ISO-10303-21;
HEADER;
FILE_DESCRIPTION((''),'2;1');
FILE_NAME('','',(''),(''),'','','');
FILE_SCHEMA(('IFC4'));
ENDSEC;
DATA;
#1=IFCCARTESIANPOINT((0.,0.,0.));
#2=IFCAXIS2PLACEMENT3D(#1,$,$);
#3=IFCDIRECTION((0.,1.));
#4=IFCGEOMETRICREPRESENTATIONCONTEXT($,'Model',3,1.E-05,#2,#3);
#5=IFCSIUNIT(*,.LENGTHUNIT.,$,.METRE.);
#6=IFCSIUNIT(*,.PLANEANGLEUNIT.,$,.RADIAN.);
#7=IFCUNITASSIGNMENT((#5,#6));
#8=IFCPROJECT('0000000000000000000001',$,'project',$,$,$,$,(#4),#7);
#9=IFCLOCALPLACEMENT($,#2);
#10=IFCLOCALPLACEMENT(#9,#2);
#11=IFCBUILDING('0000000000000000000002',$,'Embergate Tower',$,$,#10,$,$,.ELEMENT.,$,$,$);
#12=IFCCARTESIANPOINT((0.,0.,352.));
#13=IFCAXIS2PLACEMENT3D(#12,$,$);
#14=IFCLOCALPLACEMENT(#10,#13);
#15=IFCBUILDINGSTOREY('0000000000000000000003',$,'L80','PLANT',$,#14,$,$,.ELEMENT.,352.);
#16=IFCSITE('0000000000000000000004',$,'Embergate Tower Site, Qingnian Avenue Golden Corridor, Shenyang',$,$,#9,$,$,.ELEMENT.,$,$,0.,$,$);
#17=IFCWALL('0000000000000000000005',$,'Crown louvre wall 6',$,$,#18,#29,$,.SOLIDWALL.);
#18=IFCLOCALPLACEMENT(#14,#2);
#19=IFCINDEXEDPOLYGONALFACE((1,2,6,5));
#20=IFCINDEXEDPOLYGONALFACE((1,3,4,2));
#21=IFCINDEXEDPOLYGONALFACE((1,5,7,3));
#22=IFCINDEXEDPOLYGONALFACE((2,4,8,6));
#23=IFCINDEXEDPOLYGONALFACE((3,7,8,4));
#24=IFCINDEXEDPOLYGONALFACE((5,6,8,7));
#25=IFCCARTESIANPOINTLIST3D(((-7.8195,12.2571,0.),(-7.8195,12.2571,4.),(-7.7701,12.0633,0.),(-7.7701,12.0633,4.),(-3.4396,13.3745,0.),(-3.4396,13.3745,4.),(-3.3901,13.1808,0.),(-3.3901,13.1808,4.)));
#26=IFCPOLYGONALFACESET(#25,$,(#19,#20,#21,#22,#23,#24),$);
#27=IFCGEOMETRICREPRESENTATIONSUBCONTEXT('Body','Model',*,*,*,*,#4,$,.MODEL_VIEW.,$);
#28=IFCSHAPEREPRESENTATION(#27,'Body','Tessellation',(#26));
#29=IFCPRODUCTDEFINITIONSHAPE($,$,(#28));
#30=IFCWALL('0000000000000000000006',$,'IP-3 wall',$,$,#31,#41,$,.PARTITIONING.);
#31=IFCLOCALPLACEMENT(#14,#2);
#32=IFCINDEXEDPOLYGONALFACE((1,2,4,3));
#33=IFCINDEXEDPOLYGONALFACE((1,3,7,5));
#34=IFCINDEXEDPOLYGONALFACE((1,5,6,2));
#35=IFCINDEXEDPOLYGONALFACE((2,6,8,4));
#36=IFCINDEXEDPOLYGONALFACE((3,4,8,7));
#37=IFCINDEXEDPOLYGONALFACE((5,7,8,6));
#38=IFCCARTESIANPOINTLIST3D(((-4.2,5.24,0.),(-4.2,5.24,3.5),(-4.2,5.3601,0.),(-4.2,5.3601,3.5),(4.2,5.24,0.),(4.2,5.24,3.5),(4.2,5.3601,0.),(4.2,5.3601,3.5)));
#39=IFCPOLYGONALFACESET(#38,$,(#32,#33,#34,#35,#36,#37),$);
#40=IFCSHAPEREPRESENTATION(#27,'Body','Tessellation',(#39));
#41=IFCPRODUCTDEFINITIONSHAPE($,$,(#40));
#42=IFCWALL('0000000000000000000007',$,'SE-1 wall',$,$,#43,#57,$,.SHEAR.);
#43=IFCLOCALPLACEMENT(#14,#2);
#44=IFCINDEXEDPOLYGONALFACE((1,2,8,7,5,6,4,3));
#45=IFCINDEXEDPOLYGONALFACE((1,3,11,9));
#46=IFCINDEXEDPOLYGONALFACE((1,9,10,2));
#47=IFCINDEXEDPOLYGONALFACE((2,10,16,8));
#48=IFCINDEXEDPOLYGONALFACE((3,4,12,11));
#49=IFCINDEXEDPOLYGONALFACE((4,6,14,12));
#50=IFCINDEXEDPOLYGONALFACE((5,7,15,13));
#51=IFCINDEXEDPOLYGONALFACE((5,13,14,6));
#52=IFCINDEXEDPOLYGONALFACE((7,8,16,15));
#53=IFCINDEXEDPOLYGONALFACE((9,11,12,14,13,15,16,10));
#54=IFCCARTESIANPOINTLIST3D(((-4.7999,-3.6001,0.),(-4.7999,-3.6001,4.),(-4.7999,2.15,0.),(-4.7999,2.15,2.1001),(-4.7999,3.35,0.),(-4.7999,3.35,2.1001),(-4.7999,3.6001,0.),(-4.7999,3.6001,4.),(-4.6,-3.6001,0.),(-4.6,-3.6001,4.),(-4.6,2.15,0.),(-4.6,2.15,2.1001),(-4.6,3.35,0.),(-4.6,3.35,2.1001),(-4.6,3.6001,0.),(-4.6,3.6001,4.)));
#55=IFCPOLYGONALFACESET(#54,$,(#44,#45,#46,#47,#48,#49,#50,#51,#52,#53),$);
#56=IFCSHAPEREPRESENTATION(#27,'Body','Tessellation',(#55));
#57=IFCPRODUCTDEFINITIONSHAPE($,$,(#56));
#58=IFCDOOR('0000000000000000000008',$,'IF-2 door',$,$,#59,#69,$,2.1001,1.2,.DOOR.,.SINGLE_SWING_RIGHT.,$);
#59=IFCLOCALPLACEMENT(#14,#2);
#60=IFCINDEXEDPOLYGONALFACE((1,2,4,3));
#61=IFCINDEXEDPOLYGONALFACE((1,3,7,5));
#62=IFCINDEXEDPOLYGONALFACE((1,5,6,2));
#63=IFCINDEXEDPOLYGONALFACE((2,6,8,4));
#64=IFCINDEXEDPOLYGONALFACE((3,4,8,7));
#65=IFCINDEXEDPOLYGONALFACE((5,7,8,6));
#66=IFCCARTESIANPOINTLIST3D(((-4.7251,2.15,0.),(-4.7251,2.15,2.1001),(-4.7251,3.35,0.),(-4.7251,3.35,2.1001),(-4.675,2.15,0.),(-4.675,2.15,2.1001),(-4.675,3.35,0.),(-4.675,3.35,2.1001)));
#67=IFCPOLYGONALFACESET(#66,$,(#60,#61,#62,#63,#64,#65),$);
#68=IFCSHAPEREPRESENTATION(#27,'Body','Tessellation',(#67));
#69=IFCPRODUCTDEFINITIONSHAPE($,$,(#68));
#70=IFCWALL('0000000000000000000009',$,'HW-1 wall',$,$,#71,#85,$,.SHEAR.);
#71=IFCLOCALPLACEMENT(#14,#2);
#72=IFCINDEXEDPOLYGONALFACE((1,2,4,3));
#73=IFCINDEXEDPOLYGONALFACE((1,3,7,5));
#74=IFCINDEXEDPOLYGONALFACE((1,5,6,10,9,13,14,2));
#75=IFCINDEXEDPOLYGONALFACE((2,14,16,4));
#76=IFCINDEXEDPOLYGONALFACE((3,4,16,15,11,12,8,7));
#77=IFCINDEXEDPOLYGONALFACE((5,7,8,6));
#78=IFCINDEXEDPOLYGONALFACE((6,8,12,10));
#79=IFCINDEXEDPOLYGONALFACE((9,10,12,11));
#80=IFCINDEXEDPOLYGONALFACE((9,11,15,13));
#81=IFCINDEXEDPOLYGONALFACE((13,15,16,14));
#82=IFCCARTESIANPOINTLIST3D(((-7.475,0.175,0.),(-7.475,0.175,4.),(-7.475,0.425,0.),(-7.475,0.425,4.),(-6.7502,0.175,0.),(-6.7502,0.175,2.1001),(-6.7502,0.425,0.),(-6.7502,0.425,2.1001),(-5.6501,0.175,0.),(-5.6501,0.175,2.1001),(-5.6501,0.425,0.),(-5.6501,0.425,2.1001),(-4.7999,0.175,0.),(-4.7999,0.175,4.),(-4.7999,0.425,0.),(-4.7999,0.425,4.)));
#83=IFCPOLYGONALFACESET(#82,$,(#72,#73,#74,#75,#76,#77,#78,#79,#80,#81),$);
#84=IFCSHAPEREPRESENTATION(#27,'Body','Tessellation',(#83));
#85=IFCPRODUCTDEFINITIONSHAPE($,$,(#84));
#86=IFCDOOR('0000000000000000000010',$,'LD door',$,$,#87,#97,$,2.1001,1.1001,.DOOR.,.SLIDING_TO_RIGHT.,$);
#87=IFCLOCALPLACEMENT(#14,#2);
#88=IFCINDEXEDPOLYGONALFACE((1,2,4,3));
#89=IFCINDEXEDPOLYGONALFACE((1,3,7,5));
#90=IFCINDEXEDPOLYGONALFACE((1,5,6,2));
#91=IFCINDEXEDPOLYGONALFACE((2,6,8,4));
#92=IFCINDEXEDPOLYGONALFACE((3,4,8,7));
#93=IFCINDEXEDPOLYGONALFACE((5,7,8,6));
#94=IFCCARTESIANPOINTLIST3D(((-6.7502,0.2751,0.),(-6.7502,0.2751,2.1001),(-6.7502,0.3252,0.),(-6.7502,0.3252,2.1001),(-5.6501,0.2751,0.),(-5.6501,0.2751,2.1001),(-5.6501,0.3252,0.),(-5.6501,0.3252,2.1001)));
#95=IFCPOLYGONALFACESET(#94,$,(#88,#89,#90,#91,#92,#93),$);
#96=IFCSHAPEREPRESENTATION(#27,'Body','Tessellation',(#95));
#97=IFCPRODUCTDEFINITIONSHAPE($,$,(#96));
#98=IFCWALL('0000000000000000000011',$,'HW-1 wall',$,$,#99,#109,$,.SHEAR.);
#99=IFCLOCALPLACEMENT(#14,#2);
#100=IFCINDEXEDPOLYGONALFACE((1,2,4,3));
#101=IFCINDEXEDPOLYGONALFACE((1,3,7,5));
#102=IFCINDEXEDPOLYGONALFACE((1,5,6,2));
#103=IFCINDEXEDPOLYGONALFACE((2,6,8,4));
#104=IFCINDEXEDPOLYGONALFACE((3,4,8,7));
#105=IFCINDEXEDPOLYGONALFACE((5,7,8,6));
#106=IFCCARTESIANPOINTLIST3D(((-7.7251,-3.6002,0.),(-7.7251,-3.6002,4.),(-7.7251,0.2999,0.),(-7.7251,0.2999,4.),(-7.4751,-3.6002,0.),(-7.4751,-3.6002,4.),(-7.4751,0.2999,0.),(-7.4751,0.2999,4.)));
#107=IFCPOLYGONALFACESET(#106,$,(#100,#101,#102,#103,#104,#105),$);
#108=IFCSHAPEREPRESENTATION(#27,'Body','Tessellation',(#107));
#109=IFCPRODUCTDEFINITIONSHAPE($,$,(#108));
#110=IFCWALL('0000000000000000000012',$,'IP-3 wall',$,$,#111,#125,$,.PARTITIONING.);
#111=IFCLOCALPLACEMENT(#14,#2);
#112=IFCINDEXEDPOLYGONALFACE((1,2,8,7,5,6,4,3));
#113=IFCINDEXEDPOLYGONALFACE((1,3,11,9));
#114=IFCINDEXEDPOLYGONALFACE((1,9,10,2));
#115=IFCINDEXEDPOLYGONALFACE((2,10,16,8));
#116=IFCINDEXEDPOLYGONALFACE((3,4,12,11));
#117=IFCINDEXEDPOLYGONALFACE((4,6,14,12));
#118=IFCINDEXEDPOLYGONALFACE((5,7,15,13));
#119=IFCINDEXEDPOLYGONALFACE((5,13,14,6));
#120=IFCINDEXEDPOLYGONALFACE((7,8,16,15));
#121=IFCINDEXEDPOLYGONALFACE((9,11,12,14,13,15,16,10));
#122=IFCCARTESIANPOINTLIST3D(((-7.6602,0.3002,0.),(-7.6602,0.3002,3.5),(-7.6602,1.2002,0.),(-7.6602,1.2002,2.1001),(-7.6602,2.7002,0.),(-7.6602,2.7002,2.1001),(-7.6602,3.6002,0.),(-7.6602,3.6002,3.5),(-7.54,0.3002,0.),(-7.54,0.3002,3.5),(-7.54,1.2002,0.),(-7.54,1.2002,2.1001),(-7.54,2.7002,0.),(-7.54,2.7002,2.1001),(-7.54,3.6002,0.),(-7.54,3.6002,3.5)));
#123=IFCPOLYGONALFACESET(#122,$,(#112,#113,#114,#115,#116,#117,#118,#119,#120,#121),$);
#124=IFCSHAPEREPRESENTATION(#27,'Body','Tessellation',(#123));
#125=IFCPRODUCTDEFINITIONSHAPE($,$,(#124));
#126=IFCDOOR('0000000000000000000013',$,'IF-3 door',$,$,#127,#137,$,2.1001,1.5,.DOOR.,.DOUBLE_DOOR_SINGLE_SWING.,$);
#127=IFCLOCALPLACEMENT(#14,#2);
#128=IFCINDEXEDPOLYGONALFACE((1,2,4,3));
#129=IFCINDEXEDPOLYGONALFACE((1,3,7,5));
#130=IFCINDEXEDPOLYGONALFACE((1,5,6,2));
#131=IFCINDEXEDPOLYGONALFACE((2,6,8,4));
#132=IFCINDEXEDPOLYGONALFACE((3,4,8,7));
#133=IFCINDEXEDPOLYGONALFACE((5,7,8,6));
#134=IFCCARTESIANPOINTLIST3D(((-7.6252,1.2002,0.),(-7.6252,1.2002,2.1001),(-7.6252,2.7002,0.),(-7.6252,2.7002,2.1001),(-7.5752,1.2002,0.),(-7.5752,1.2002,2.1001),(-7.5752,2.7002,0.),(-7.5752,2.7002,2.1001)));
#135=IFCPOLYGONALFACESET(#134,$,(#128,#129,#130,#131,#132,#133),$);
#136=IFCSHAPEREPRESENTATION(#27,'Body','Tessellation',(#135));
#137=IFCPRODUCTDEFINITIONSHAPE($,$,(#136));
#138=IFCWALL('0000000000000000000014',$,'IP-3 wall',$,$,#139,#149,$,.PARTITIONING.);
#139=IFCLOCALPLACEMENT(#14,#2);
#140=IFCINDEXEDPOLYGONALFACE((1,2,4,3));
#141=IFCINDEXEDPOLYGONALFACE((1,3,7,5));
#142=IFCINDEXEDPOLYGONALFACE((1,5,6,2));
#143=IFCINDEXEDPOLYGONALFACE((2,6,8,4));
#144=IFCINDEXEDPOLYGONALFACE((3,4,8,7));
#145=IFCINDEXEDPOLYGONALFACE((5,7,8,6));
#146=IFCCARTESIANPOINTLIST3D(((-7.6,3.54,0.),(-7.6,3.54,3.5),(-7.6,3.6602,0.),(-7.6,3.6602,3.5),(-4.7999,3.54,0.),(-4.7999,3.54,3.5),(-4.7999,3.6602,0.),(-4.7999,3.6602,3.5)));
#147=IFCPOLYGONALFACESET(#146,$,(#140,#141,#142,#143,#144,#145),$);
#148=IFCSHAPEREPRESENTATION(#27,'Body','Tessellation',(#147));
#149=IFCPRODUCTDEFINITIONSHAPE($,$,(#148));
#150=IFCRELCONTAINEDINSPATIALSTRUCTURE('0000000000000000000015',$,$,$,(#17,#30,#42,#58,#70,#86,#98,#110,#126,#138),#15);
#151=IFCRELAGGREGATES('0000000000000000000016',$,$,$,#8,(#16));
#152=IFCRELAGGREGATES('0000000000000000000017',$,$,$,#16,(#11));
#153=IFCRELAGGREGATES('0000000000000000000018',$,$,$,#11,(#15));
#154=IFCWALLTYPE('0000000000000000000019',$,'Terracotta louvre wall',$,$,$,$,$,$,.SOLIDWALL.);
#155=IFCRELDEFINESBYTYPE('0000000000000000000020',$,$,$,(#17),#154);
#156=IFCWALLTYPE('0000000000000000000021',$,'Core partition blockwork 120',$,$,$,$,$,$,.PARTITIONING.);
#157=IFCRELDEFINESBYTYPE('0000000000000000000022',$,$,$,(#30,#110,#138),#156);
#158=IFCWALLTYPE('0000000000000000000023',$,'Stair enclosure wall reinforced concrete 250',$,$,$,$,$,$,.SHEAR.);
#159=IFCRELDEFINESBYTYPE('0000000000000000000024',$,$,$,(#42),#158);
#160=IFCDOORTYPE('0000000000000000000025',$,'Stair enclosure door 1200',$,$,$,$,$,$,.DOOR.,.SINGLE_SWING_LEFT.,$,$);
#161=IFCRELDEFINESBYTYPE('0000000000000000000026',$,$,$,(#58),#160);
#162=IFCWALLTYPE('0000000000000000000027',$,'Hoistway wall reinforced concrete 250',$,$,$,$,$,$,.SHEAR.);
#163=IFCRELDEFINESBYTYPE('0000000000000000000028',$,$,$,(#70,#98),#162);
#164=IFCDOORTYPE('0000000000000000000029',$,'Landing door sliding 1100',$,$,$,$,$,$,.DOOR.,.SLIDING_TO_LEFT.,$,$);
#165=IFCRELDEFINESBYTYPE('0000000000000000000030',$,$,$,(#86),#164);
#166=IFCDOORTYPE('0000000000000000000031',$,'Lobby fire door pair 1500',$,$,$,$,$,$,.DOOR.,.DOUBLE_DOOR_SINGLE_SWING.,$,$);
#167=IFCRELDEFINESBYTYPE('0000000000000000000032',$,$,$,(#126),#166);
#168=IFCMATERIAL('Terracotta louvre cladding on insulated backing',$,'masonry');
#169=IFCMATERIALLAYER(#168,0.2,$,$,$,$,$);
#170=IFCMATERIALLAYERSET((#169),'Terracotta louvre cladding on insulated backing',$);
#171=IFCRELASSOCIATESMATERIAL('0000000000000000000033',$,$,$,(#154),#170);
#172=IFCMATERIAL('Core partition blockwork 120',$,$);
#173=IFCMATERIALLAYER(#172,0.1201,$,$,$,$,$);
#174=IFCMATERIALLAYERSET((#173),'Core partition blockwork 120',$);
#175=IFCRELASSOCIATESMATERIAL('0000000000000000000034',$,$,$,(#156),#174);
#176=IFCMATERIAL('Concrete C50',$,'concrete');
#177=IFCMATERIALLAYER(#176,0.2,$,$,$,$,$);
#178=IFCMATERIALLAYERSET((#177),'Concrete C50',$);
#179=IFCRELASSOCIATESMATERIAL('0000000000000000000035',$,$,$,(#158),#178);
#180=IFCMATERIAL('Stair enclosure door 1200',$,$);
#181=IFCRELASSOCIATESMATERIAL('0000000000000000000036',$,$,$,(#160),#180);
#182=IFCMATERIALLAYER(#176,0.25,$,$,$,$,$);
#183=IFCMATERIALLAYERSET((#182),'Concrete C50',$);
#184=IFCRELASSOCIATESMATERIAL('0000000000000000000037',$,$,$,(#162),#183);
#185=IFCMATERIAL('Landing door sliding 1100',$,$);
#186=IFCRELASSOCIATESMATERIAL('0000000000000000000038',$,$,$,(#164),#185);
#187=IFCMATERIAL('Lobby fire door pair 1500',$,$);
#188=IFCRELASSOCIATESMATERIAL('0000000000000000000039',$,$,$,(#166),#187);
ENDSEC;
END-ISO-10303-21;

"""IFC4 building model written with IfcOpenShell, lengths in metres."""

from ifc_helpers import new_model, si_unit, direction, frame, frame_2d, origin, place, context, subcontext, project, spatial, rectangle, extrude, source, transform, mapped, material, layer, layer_set, type_object, element, fill, save


model = new_model("IFC4")

# Units and contexts
model_context = context("Model", 3, precision=1e-05, world=origin(), true_north=direction((0.0, 1.0)))
body_context = subcontext(model_context, "Body", "Model", "MODEL_VIEW")
ifc_project = project(units=[si_unit("LENGTHUNIT", "METRE"), si_unit("PLANEANGLEUNIT", "RADIAN")], contexts=[model_context])

# Site, building, storey
site_placement = place(None, origin())
site = spatial("IfcSite", under=ifc_project, at=site_placement, Name="Embergate Tower Site, Qingnian Avenue Golden Corridor, Shenyang", CompositionType="ELEMENT", RefElevation=0.0)
building_placement = place(site_placement, origin())
building = spatial("IfcBuilding", under=site, at=building_placement, Name="Embergate Tower", CompositionType="ELEMENT")
storey_placement = place(building_placement, frame((0.0, 0.0, 352.0)))
storey = spatial("IfcBuildingStorey", under=building, at=storey_placement, Name="L80", Description="PLANT", CompositionType="ELEMENT", Elevation=352.0)

# Walls
ifc_material_1 = material(Name="Terracotta louvre cladding on insulated backing", Category="masonry")
ifc_layer_1 = layer(ifc_material_1, 0.2)
ifc_layer_set_1 = layer_set([ifc_layer_1], Name="Terracotta louvre cladding on insulated backing")
wall_type_1 = type_object("IfcWallType", Name="Terracotta louvre wall", PredefinedType="SOLIDWALL", material=ifc_layer_set_1)
shared_shape_1 = source(origin(), body_context, "Body", "SweptSolid", [
    extrude(rectangle(XDim=4.5203, YDim=0.2, at=frame_2d((2.2603, 0.0))), origin(), (0.0, 0.0, 1.0), 4.0),
])
wall_1_placement = place(storey_placement, frame((-7.7949, 12.1602, 0.0), z_axis=(0.0, 0.0, 1.0), x_axis=(0.968962, 0.24721, 0.0)))
element("IfcWall", 1, at=wall_1_placement, inside=storey, type_object=wall_type_1, Name="Crown louvre wall 6", PredefinedType="SOLIDWALL", context=body_context, shape_type="MappedRepresentation", body=[
    mapped(shared_shape_1, transform((0.0, 0.0, 0.0))),
])
ifc_material_2 = material(Name="Core partition blockwork 120")
ifc_layer_2 = layer(ifc_material_2, 0.1201)
ifc_layer_set_2 = layer_set([ifc_layer_2], Name="Core partition blockwork 120")
wall_type_2 = type_object("IfcWallType", Name="Core partition blockwork 120", PredefinedType="PARTITIONING", material=ifc_layer_set_2)
shared_shape_2 = source(origin(), body_context, "Body", "SweptSolid", [
    extrude(rectangle(XDim=8.3999, YDim=0.1201, at=frame_2d((4.2, 0.0))), origin(), (0.0, 0.0, 1.0), 3.5),
])
wall_2_placement = place(storey_placement, frame((-4.2, 5.3, 0.0), z_axis=(0.0, 0.0, 1.0), x_axis=(1.0, 0.0, 0.0)))
element("IfcWall", 2, at=wall_2_placement, inside=storey, type_object=wall_type_2, Name="IP-3 wall", PredefinedType="PARTITIONING", context=body_context, shape_type="MappedRepresentation", body=[
    mapped(shared_shape_2, transform((0.0, 0.0, 0.0))),
])

# Walls, openings, doors
ifc_material_3 = material(Name="Concrete C50", Category="concrete")
ifc_layer_3 = layer(ifc_material_3, 0.2)
ifc_layer_set_3 = layer_set([ifc_layer_3], Name="Concrete C50")
wall_type_3 = type_object("IfcWallType", Name="Stair enclosure wall reinforced concrete 250", PredefinedType="SHEAR", material=ifc_layer_set_3)
shared_shape_3 = source(origin(), body_context, "Body", "SweptSolid", [
    extrude(rectangle(XDim=7.2002, YDim=0.2, at=frame_2d((3.6001, 0.0))), origin(), (0.0, 0.0, 1.0), 4.0),
])
wall_3_placement = place(storey_placement, frame((-4.7, 3.6001, 0.0), z_axis=(0.0, 0.0, 1.0), x_axis=(0.0, -1.0, 0.0)))
wall_3 = element("IfcWall", 3, at=wall_3_placement, inside=storey, type_object=wall_type_3, Name="SE-1 wall", PredefinedType="SHEAR", context=body_context, shape_type="MappedRepresentation", body=[
    mapped(shared_shape_3, transform((0.0, 0.0, 0.0))),
])
shared_shape_4 = source(origin(), body_context, "Body", "SweptSolid", [
    extrude(rectangle(XDim=1.2, YDim=2.1001, at=frame_2d((0.6001, 1.05))), frame((0.0, 0.1099, 0.0), z_axis=(0.0, -1.0, 0.0), x_axis=(1.0, 0.0, 0.0)), (0.0, 0.0, 1.0), 0.22),
])
opening_1_placement = place(wall_3_placement, frame((0.25, 0.0, 0.0)))
opening_1 = element("IfcOpeningElement", 4, at=opening_1_placement, cuts=wall_3, PredefinedType="OPENING", context=body_context, shape_type="MappedRepresentation", body=[
    mapped(shared_shape_4, transform((0.0, 0.0, 0.0))),
])
ifc_material_4 = material(Name="Stair enclosure door 1200")
door_type_1 = type_object("IfcDoorType", Name="Stair enclosure door 1200", OperationType="SINGLE_SWING_LEFT", PredefinedType="DOOR", material=ifc_material_4)
shared_shape_5 = source(origin(), body_context, "Body", "SweptSolid", [
    extrude(rectangle(XDim=1.2, YDim=2.1001, at=frame_2d((0.6001, 1.05))), frame((0.0, 0.0249, 0.0), z_axis=(0.0, -1.0, 0.0), x_axis=(1.0, 0.0, 0.0)), (0.0, 0.0, 1.0), 0.05),
])
door_1_placement = place(opening_1_placement, origin())
door_1 = element("IfcDoor", 5, at=door_1_placement, inside=storey, type_object=door_type_1, Name="IF-2 door", OperationType="SINGLE_SWING_RIGHT", OverallHeight=2.1001, OverallWidth=1.2, PredefinedType="DOOR", context=body_context, shape_type="MappedRepresentation", body=[
    mapped(shared_shape_5, transform((0.0, 0.0, 0.0))),
])
fill(opening_1, door_1)
ifc_layer_4 = layer(ifc_material_3, 0.25)
ifc_layer_set_4 = layer_set([ifc_layer_4], Name="Concrete C50")
wall_type_4 = type_object("IfcWallType", Name="Hoistway wall reinforced concrete 250", PredefinedType="SHEAR", material=ifc_layer_set_4)
shared_shape_6 = source(origin(), body_context, "Body", "SweptSolid", [
    extrude(rectangle(XDim=2.675, YDim=0.25, at=frame_2d((1.3374, 0.0))), origin(), (0.0, 0.0, 1.0), 4.0),
])
wall_4_placement = place(storey_placement, frame((-4.8, 0.3, 0.0), z_axis=(0.0, 0.0, 1.0), x_axis=(-1.0, 0.0, 0.0)))
wall_4 = element("IfcWall", 6, at=wall_4_placement, inside=storey, type_object=wall_type_4, Name="HW-1 wall", PredefinedType="SHEAR", context=body_context, shape_type="MappedRepresentation", body=[
    mapped(shared_shape_6, transform((0.0, 0.0, 0.0))),
])
shared_shape_7 = source(origin(), body_context, "Body", "SweptSolid", [
    extrude(rectangle(XDim=1.1001, YDim=2.1001, at=frame_2d((0.55, 1.05))), frame((0.0, 0.135, 0.0), z_axis=(0.0, -1.0, 0.0), x_axis=(1.0, 0.0, 0.0)), (0.0, 0.0, 1.0), 0.27),
])
opening_2_placement = place(wall_4_placement, frame((0.8501, 0.0, 0.0)))
opening_2 = element("IfcOpeningElement", 7, at=opening_2_placement, cuts=wall_4, PredefinedType="OPENING", context=body_context, shape_type="MappedRepresentation", body=[
    mapped(shared_shape_7, transform((0.0, 0.0, 0.0))),
])
ifc_material_5 = material(Name="Landing door sliding 1100")
door_type_2 = type_object("IfcDoorType", Name="Landing door sliding 1100", OperationType="SLIDING_TO_LEFT", PredefinedType="DOOR", material=ifc_material_5)
shared_shape_8 = source(origin(), body_context, "Body", "SweptSolid", [
    extrude(rectangle(XDim=1.1001, YDim=2.1001, at=frame_2d((0.55, 1.05))), frame((0.0, 0.0249, 0.0), z_axis=(0.0, -1.0, 0.0), x_axis=(1.0, 0.0, 0.0)), (0.0, 0.0, 1.0), 0.05),
])
door_2_placement = place(opening_2_placement, origin())
door_2 = element("IfcDoor", 8, at=door_2_placement, inside=storey, type_object=door_type_2, Name="LD door", OperationType="SLIDING_TO_RIGHT", OverallHeight=2.1001, OverallWidth=1.1001, PredefinedType="DOOR", context=body_context, shape_type="MappedRepresentation", body=[
    mapped(shared_shape_8, transform((0.0, 0.0, 0.0))),
])
fill(opening_2, door_2)

# Wall
shared_shape_9 = source(origin(), body_context, "Body", "SweptSolid", [
    extrude(rectangle(XDim=3.9001, YDim=0.25, at=frame_2d((1.9502, 0.0))), origin(), (0.0, 0.0, 1.0), 4.0),
])
wall_5_placement = place(storey_placement, frame((-7.6001, 0.3, 0.0), z_axis=(0.0, 0.0, 1.0), x_axis=(0.0, -1.0, 0.0)))
element("IfcWall", 9, at=wall_5_placement, inside=storey, type_object=wall_type_4, Name="HW-1 wall", PredefinedType="SHEAR", context=body_context, shape_type="MappedRepresentation", body=[
    mapped(shared_shape_9, transform((0.0, 0.0, 0.0))),
])

# Wall, opening, door
shared_shape_10 = source(origin(), body_context, "Body", "SweptSolid", [
    extrude(rectangle(XDim=3.3, YDim=0.1201, at=frame_2d((1.6499, 0.0))), origin(), (0.0, 0.0, 1.0), 3.5),
])
wall_6_placement = place(storey_placement, frame((-7.6001, 3.6001, 0.0), z_axis=(0.0, 0.0, 1.0), x_axis=(0.0, -1.0, 0.0)))
wall_6 = element("IfcWall", 10, at=wall_6_placement, inside=storey, type_object=wall_type_2, Name="IP-3 wall", PredefinedType="PARTITIONING", context=body_context, shape_type="MappedRepresentation", body=[
    mapped(shared_shape_10, transform((0.0, 0.0, 0.0))),
])
shared_shape_11 = source(origin(), body_context, "Body", "SweptSolid", [
    extrude(rectangle(XDim=1.5, YDim=2.1001, at=frame_2d((0.75, 1.05))), frame((0.0, 0.0701, 0.0), z_axis=(0.0, -1.0, 0.0), x_axis=(1.0, 0.0, 0.0)), (0.0, 0.0, 1.0), 0.1401),
])
opening_3_placement = place(wall_6_placement, frame((0.8999, 0.0, 0.0)))
opening_3 = element("IfcOpeningElement", 11, at=opening_3_placement, cuts=wall_6, PredefinedType="OPENING", context=body_context, shape_type="MappedRepresentation", body=[
    mapped(shared_shape_11, transform((0.0, 0.0, 0.0))),
])
ifc_material_6 = material(Name="Lobby fire door pair 1500")
door_type_3 = type_object("IfcDoorType", Name="Lobby fire door pair 1500", OperationType="DOUBLE_DOOR_SINGLE_SWING", PredefinedType="DOOR", material=ifc_material_6)
shared_shape_12 = source(origin(), body_context, "Body", "SweptSolid", [
    extrude(rectangle(XDim=1.5, YDim=2.1001, at=frame_2d((0.75, 1.05))), frame((0.0, 0.0249, 0.0), z_axis=(0.0, -1.0, 0.0), x_axis=(1.0, 0.0, 0.0)), (0.0, 0.0, 1.0), 0.05),
])
door_3_placement = place(opening_3_placement, origin())
door_3 = element("IfcDoor", 12, at=door_3_placement, inside=storey, type_object=door_type_3, Name="IF-3 door", OperationType="DOUBLE_DOOR_SINGLE_SWING", OverallHeight=2.1001, OverallWidth=1.5, PredefinedType="DOOR", context=body_context, shape_type="MappedRepresentation", body=[
    mapped(shared_shape_12, transform((0.0, 0.0, 0.0))),
])
fill(opening_3, door_3)

# Wall
shared_shape_13 = source(origin(), body_context, "Body", "SweptSolid", [
    extrude(rectangle(XDim=2.8, YDim=0.1201, at=frame_2d((1.3999, 0.0))), origin(), (0.0, 0.0, 1.0), 3.5),
])
wall_7_placement = place(storey_placement, frame((-4.8, 3.6001, 0.0), z_axis=(0.0, 0.0, 1.0), x_axis=(-1.0, 0.0, 0.0)))
element("IfcWall", 13, at=wall_7_placement, inside=storey, type_object=wall_type_2, Name="IP-3 wall", PredefinedType="PARTITIONING", context=body_context, shape_type="MappedRepresentation", body=[
    mapped(shared_shape_13, transform((0.0, 0.0, 0.0))),
])

save(model, "model.ifc")
